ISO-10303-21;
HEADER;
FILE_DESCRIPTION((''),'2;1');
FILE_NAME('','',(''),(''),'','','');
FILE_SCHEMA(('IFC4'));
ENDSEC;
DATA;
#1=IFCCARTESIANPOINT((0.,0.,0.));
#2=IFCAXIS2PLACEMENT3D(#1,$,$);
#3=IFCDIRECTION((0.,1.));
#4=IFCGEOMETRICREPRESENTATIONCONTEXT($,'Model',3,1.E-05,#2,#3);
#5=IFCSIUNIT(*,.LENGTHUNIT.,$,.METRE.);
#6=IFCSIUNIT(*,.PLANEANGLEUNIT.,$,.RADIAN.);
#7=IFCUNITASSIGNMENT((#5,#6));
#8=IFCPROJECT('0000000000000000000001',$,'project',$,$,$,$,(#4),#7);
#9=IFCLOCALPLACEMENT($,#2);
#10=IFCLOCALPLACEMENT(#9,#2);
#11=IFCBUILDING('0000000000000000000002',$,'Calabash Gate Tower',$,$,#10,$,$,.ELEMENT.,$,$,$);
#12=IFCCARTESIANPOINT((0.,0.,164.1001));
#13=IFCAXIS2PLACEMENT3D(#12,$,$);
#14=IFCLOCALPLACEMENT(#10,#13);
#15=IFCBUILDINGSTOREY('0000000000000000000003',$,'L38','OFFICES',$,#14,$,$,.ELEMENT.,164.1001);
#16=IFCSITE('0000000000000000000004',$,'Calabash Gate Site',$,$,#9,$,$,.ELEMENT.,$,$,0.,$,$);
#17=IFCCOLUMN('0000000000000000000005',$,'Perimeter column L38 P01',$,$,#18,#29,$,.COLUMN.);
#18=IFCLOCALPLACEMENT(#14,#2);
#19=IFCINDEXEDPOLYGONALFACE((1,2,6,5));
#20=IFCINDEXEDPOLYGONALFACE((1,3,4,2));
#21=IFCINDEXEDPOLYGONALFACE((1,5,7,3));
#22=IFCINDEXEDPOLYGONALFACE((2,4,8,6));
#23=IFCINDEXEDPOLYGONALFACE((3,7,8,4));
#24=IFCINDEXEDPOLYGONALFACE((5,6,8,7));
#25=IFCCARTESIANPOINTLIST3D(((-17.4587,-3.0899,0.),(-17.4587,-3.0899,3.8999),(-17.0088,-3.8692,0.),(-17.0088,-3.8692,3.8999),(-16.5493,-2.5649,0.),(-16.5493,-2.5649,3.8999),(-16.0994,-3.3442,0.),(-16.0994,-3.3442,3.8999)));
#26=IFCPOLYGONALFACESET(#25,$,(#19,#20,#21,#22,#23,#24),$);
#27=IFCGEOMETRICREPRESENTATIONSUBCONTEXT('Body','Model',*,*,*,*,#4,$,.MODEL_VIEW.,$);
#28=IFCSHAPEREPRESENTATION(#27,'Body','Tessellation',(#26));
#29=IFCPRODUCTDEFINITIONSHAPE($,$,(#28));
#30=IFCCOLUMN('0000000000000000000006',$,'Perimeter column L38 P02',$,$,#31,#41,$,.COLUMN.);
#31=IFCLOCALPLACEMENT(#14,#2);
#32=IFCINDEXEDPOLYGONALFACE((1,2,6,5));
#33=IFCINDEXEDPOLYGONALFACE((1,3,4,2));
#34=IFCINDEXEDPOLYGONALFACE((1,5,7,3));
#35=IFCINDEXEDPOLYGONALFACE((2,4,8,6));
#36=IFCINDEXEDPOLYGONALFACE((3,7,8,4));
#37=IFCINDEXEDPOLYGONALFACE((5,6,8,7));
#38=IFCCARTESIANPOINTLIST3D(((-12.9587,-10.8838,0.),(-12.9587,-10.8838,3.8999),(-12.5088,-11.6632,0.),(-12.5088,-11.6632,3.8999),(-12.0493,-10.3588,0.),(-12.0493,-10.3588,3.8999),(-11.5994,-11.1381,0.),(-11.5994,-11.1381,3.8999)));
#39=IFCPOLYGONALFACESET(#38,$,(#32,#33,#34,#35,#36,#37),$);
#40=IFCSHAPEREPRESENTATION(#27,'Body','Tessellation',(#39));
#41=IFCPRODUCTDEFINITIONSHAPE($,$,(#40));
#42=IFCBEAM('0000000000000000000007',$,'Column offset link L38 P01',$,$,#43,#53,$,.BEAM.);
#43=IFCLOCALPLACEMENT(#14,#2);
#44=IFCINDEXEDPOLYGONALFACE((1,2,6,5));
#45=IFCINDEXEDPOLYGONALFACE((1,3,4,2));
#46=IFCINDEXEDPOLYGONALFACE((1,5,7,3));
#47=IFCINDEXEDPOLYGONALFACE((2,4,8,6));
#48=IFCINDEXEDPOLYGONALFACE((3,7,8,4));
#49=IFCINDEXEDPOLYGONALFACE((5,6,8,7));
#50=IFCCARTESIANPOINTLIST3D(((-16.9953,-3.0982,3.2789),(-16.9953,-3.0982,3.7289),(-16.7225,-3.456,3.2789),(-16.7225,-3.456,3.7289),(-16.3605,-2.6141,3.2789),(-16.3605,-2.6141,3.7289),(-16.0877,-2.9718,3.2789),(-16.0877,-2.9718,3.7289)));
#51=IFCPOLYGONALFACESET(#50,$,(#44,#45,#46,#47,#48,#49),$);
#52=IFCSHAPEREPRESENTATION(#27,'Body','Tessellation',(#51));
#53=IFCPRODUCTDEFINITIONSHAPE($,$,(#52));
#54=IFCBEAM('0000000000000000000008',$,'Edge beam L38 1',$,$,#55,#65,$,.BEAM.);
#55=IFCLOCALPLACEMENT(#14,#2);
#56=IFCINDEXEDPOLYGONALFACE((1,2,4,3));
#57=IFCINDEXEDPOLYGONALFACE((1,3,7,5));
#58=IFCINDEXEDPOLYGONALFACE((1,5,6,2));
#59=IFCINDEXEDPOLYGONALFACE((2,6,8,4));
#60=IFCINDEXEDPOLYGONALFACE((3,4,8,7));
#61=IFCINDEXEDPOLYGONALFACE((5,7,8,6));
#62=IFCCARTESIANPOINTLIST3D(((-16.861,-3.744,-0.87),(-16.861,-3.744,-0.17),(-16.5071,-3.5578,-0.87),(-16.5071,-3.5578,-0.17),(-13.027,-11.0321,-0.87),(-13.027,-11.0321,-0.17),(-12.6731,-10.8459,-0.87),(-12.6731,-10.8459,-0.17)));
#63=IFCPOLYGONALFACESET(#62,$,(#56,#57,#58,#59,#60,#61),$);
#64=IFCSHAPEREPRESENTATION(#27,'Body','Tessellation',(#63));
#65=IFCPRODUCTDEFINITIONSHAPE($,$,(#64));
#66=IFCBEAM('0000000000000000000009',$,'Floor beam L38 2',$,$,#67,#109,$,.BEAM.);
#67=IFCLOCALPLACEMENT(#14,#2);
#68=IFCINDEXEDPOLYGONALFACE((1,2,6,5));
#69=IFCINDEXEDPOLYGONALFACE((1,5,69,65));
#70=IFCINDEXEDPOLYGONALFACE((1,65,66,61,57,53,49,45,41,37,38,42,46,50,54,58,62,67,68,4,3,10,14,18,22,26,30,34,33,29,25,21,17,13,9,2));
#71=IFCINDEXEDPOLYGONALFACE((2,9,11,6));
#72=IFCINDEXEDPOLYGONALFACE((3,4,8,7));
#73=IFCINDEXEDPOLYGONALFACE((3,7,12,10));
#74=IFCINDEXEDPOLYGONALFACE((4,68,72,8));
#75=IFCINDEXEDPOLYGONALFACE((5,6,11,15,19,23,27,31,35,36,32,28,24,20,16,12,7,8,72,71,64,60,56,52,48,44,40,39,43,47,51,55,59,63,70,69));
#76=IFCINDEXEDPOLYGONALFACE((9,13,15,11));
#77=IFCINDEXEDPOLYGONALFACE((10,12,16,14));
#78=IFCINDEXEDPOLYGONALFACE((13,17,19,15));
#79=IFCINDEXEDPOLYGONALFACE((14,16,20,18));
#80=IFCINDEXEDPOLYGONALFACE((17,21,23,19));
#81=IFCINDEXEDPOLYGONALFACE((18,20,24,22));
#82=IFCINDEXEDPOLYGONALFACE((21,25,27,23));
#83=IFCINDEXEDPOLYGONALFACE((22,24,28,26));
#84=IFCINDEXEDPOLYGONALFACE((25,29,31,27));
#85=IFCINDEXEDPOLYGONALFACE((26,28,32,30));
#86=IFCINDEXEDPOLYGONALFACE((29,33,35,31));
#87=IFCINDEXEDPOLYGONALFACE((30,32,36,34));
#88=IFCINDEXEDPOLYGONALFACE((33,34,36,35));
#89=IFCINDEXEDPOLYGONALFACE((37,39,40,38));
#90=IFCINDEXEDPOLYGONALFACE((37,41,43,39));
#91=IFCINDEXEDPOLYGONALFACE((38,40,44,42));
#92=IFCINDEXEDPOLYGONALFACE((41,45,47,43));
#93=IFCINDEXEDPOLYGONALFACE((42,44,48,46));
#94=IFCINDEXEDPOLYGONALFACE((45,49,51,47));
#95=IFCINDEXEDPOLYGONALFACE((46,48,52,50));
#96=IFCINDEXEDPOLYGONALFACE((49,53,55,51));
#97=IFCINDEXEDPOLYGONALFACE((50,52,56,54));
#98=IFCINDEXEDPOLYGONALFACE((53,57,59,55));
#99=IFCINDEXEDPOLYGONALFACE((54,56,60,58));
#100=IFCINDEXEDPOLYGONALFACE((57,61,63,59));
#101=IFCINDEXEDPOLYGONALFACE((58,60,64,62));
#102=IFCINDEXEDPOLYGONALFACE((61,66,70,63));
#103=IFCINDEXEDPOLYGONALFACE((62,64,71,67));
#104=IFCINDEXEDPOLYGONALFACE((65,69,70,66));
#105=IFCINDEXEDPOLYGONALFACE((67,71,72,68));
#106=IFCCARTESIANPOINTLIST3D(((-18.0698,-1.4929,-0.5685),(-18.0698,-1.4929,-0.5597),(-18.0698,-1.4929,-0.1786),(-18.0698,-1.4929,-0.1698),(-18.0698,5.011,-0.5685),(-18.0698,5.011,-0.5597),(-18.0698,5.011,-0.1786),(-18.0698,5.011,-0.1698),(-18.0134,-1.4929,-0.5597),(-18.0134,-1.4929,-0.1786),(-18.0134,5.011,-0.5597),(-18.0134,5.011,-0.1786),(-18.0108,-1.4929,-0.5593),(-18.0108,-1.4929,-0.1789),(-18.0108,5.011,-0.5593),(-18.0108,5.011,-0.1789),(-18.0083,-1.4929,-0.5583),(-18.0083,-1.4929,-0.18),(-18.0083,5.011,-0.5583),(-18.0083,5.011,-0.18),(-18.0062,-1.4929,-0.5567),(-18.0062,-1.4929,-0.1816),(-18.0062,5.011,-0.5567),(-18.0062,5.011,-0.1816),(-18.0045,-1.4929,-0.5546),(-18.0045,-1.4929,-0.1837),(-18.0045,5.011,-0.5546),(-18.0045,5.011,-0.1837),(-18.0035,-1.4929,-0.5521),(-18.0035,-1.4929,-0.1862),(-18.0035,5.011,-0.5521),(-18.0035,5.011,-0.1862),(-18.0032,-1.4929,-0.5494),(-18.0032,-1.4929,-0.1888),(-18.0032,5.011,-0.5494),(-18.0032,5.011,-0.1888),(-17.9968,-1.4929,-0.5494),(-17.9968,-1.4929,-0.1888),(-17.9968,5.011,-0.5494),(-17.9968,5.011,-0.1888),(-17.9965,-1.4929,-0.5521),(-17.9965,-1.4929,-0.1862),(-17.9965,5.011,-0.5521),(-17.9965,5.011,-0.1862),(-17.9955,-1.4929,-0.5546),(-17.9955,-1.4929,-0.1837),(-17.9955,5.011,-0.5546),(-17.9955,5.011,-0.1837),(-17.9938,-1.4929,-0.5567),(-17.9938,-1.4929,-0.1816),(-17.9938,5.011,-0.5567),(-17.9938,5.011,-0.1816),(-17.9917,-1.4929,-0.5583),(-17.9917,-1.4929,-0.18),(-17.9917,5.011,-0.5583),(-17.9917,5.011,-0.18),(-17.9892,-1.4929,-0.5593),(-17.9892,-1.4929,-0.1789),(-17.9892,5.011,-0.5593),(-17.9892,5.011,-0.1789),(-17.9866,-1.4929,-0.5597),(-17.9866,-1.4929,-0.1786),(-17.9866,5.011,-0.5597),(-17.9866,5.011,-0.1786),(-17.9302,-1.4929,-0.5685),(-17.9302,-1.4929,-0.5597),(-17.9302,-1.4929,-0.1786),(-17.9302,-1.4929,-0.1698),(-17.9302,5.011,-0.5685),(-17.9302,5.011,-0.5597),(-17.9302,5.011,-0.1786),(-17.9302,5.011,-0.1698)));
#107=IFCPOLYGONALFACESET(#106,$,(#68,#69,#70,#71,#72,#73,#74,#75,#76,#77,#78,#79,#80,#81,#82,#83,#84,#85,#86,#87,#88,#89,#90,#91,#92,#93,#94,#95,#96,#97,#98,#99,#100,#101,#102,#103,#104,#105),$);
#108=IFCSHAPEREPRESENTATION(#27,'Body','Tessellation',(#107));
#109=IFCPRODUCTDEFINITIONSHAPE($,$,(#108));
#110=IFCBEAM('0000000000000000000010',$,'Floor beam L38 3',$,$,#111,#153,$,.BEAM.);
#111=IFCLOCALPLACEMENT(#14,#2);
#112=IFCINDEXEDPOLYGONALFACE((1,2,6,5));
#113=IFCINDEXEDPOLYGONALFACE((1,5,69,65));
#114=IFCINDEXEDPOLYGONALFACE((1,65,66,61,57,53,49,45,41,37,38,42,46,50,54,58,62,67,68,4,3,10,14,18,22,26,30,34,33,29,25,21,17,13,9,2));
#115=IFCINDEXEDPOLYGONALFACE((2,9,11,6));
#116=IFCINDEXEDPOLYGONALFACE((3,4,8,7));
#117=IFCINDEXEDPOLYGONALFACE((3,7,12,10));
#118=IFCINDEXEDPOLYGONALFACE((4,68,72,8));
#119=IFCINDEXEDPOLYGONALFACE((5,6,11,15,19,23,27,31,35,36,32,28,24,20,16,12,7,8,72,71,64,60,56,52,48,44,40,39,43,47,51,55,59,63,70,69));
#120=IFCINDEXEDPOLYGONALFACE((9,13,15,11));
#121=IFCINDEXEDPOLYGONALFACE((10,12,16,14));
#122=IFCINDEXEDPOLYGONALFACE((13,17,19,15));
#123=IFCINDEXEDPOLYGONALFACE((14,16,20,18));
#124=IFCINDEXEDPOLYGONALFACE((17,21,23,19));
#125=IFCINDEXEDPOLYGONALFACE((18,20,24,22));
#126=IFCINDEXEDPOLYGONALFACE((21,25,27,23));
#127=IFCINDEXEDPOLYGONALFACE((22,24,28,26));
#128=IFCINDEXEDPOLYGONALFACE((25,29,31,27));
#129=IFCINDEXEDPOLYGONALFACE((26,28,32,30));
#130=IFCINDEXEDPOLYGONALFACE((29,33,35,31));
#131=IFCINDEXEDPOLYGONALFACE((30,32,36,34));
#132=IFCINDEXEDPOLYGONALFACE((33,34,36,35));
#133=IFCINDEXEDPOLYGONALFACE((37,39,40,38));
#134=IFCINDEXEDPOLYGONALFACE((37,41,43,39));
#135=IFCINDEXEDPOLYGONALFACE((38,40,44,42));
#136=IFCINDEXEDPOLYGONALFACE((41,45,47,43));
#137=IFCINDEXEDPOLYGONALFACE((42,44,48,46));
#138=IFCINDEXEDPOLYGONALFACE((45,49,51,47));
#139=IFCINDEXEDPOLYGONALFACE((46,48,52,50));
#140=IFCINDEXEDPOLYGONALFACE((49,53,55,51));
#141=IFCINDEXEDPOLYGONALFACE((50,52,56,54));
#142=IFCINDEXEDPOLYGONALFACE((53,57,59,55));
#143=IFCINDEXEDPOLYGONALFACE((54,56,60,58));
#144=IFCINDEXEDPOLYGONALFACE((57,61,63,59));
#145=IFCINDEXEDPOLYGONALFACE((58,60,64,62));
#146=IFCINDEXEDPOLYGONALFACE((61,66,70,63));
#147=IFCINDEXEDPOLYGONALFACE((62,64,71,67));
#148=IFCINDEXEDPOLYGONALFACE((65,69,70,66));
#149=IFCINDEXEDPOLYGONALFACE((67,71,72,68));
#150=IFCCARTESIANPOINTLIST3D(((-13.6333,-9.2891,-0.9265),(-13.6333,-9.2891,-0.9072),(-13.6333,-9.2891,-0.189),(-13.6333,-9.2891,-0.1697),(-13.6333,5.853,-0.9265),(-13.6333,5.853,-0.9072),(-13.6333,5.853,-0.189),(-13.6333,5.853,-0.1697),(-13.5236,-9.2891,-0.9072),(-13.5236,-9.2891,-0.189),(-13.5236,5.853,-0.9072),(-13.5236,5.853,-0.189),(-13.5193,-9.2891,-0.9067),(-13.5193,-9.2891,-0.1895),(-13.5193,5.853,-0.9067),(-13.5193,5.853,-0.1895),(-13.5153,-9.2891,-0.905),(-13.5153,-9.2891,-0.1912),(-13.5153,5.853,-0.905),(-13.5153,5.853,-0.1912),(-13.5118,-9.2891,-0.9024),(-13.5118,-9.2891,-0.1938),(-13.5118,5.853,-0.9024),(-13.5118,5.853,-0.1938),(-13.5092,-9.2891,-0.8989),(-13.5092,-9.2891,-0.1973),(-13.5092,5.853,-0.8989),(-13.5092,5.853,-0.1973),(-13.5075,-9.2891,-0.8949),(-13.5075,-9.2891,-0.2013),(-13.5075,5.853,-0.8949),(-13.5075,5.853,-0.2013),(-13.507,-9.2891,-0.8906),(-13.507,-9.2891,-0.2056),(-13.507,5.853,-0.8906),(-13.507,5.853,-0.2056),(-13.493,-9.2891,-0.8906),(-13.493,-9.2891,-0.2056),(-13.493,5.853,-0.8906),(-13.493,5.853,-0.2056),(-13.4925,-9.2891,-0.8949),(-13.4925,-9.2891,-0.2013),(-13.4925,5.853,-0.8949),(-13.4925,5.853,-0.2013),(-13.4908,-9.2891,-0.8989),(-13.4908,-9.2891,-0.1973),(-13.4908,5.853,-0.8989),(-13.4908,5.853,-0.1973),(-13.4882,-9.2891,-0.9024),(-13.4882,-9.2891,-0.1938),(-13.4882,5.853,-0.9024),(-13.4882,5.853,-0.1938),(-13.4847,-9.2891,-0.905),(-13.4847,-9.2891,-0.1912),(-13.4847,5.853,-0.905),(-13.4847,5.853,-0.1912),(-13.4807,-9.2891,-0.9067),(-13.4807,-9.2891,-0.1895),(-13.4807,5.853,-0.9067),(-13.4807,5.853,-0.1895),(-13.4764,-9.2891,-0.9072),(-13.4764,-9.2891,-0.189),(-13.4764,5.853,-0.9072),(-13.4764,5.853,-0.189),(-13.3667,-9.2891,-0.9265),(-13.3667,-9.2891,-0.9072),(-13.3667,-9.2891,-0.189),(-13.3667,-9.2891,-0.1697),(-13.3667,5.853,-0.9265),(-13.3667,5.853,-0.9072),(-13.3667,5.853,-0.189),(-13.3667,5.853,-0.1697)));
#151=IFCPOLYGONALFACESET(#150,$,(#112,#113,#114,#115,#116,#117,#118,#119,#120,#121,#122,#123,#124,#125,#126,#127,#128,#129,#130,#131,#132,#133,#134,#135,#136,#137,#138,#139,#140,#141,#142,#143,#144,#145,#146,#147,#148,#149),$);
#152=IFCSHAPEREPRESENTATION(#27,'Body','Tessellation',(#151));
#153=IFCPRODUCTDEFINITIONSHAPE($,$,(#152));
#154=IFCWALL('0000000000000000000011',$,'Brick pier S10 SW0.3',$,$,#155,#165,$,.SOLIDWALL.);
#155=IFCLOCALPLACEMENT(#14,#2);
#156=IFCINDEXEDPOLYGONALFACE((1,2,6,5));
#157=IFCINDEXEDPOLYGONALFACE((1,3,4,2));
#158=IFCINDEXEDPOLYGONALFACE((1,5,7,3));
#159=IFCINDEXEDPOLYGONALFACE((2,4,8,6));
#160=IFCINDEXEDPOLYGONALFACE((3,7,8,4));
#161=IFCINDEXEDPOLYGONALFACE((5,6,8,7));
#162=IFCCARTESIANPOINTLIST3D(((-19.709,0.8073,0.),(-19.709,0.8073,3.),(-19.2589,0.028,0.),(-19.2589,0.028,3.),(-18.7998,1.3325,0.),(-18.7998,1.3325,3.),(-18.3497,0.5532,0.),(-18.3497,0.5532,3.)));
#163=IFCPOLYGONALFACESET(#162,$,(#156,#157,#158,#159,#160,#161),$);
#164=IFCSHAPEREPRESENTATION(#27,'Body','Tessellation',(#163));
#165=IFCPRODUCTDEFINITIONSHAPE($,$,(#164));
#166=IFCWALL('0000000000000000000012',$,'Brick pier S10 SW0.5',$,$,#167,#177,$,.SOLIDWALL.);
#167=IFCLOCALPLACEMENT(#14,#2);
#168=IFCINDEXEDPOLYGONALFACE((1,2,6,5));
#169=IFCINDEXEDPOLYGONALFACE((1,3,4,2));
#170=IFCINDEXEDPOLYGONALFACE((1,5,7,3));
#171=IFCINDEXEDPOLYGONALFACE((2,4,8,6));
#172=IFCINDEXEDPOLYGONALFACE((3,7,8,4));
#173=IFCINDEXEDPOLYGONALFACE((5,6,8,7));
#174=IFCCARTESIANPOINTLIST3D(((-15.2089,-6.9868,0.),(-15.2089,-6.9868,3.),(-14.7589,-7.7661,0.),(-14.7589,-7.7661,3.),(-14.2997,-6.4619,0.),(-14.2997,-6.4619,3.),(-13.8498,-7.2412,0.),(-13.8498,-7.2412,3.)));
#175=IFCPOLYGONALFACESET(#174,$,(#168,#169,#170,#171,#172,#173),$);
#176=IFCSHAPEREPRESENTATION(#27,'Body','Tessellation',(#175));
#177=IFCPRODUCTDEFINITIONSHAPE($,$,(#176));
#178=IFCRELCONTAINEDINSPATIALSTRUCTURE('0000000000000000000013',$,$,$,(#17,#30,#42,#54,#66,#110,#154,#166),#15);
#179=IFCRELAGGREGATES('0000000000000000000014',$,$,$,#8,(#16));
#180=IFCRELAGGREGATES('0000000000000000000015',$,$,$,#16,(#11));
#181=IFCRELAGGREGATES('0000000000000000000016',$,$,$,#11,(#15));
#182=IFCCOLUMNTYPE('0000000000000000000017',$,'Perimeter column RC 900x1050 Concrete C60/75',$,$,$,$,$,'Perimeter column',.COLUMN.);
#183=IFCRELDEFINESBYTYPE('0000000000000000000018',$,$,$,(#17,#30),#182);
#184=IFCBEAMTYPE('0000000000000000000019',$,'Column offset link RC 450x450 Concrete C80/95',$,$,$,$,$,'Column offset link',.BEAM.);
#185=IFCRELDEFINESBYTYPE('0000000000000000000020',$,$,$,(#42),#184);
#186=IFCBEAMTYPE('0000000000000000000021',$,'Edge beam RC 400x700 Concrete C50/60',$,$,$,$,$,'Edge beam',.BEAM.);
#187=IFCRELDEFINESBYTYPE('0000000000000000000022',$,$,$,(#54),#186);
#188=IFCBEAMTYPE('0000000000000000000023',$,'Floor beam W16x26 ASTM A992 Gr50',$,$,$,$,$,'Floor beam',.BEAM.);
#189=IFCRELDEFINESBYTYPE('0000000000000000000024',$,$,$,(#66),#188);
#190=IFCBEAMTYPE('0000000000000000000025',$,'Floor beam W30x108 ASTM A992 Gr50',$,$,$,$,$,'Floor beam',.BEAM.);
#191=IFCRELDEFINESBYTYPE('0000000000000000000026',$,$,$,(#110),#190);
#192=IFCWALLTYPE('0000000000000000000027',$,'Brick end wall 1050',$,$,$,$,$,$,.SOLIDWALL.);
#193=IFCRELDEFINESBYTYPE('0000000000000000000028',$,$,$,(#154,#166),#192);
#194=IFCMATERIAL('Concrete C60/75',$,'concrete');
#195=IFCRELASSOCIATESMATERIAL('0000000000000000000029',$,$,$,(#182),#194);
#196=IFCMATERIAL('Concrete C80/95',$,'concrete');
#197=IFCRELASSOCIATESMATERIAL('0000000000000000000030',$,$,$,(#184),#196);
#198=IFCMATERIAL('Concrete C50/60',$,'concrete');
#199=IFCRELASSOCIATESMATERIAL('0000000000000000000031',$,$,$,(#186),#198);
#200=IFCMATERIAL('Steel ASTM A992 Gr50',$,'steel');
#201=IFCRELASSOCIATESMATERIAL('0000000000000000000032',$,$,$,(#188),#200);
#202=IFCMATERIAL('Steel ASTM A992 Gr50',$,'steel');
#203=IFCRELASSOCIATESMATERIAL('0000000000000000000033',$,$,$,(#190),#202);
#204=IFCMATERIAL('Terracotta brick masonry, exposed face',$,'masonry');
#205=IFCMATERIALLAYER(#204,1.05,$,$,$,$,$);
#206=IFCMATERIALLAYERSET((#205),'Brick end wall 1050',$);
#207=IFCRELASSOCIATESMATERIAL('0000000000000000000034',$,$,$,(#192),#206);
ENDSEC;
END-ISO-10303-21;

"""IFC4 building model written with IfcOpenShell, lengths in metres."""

from ifc_helpers import new_model, si_unit, direction, frame, frame_2d, origin, origin_2d, place, context, subcontext, project, spatial, rectangle, i_section, extrude, material, layer, layer_set, material_profile, profile_set, type_object, element, save


model = new_model("IFC4")

# Units and contexts
model_context = context("Model", 3, precision=1e-05, world=origin(), true_north=direction((0.0, 1.0)))
body_context = subcontext(model_context, "Body", "Model", "MODEL_VIEW")
ifc_project = project(units=[si_unit("LENGTHUNIT", "METRE"), si_unit("PLANEANGLEUNIT", "RADIAN")], contexts=[model_context])

# Site, building, storey
site_placement = place(None, origin())
site = spatial("IfcSite", under=ifc_project, at=site_placement, Name="Calabash Gate Site", CompositionType="ELEMENT", RefElevation=0.0)
building_placement = place(site_placement, origin())
building = spatial("IfcBuilding", under=site, at=building_placement, Name="Calabash Gate Tower", CompositionType="ELEMENT")
storey_placement = place(building_placement, frame((0.0, 0.0, 164.1001)))
storey = spatial("IfcBuildingStorey", under=building, at=storey_placement, Name="L38", Description="OFFICES", CompositionType="ELEMENT", Elevation=164.1001)

# Columns
ifc_material_1 = material(Name="Concrete C60/75", Category="concrete")
ifc_material_profile_1 = material_profile(ifc_material_1, rectangle(XDim=0.8999, YDim=1.05, at=origin_2d()))
ifc_profile_set_1 = profile_set([ifc_material_profile_1], Name="Concrete C60/75")
column_type = type_object("IfcColumnType", Name="Perimeter column RC 900x1050 Concrete C60/75", ElementType="Perimeter column", PredefinedType="COLUMN", material=ifc_profile_set_1)
for number, where, z_axis, x_axis, name in (
    (1, (-16.7791, -3.217, 0.0), (0.0, 0.0, 1.0), (0.5, -0.866025, 0.0), "Perimeter column L38 P01"),
    (2, (-12.2791, -11.011, 0.0), (0.0, 0.0, 1.0), (0.5, -0.866025, 0.0), "Perimeter column L38 P02"),
):
    element("IfcColumn", number, at=place(storey_placement, frame(where, z_axis=z_axis, x_axis=x_axis)), inside=storey, type_object=column_type, Name=name, PredefinedType="COLUMN", context=body_context, shape_type="SweptSolid", body=[
        extrude(rectangle(XDim=0.8999, YDim=1.05, at=origin_2d()), origin(), (0.0, 0.0, 1.0), 3.8999),
    ])

# Beams
ifc_material_2 = material(Name="Concrete C80/95", Category="concrete")
ifc_material_profile_2 = material_profile(ifc_material_2, rectangle(XDim=0.45, YDim=0.45, at=origin_2d()))
ifc_profile_set_2 = profile_set([ifc_material_profile_2], Name="Concrete C80/95")
beam_type_1 = type_object("IfcBeamType", Name="Column offset link RC 450x450 Concrete C80/95", ElementType="Column offset link", PredefinedType="BEAM", material=ifc_profile_set_2)
beam_1_placement = place(storey_placement, frame((-16.8589, -3.2771, 3.5039), z_axis=(0.79513, 0.606439, 0.0), x_axis=(-0.606439, 0.79513, 0.0)))
element("IfcBeam", 3, at=beam_1_placement, inside=storey, type_object=beam_type_1, Name="Column offset link L38 P01", PredefinedType="BEAM", context=body_context, shape_type="SweptSolid", body=[
    extrude(rectangle(XDim=0.45, YDim=0.45, at=origin_2d()), origin(), (0.0, 0.0, 1.0), 0.7983),
])
ifc_material_3 = material(Name="Concrete C50/60", Category="concrete")
ifc_material_profile_3 = material_profile(ifc_material_3, rectangle(XDim=0.3999, YDim=0.7, at=origin_2d()))
ifc_profile_set_3 = profile_set([ifc_material_profile_3], Name="Concrete C50/60")
beam_type_2 = type_object("IfcBeamType", Name="Edge beam RC 400x700 Concrete C50/60", ElementType="Edge beam", PredefinedType="BEAM", material=ifc_profile_set_3)
beam_2_placement = place(storey_placement, frame((-16.6841, -3.6509, -0.52), z_axis=(0.46557, -0.885011, 0.0), x_axis=(0.885011, 0.46557, 0.0)))
element("IfcBeam", 4, at=beam_2_placement, inside=storey, type_object=beam_type_2, Name="Edge beam L38 1", PredefinedType="BEAM", context=body_context, shape_type="SweptSolid", body=[
    extrude(rectangle(XDim=0.3999, YDim=0.7, at=origin_2d()), origin(), (0.0, 0.0, 1.0), 8.2351),
])
ifc_material_4 = material(Name="Steel ASTM A992 Gr50", Category="steel")
ifc_material_profile_4 = material_profile(ifc_material_4, i_section(OverallWidth=0.1396, OverallDepth=0.3987, WebThickness=0.0063, FlangeThickness=0.0088, FilletRadius=0.0103, at=origin_2d()))
ifc_profile_set_4 = profile_set([ifc_material_profile_4], Name="Steel ASTM A992 Gr50")
beam_type_3 = type_object("IfcBeamType", Name="Floor beam W16x26 ASTM A992 Gr50", ElementType="Floor beam", PredefinedType="BEAM", material=ifc_profile_set_4)
beam_3_placement = place(storey_placement, frame((-18.0, -1.4929, -0.3691), z_axis=(0.0, 1.0, 0.0), x_axis=(-1.0, 0.0, 0.0)))
element("IfcBeam", 5, at=beam_3_placement, inside=storey, type_object=beam_type_3, Name="Floor beam L38 2", PredefinedType="BEAM", context=body_context, shape_type="SweptSolid", body=[
    extrude(i_section(OverallWidth=0.1396, OverallDepth=0.3987, WebThickness=0.0063, FlangeThickness=0.0088, FilletRadius=0.0103, at=origin_2d()), origin(), (0.0, 0.0, 1.0), 6.5039),
])
ifc_material_5 = material(Name="Steel ASTM A992 Gr50", Category="steel")
ifc_material_profile_5 = material_profile(ifc_material_5, i_section(OverallWidth=0.2666, OverallDepth=0.7568, WebThickness=0.0139, FlangeThickness=0.0193, FilletRadius=0.0166, at=origin_2d()))
ifc_profile_set_5 = profile_set([ifc_material_profile_5], Name="Steel ASTM A992 Gr50")
beam_type_4 = type_object("IfcBeamType", Name="Floor beam W30x108 ASTM A992 Gr50", ElementType="Floor beam", PredefinedType="BEAM", material=ifc_profile_set_5)
beam_4_placement = place(storey_placement, frame((-13.5, -9.2891, -0.5481), z_axis=(0.0, 1.0, 0.0), x_axis=(-1.0, 0.0, 0.0)))
element("IfcBeam", 6, at=beam_4_placement, inside=storey, type_object=beam_type_4, Name="Floor beam L38 3", PredefinedType="BEAM", context=body_context, shape_type="SweptSolid", body=[
    extrude(i_section(OverallWidth=0.2666, OverallDepth=0.7568, WebThickness=0.0139, FlangeThickness=0.0193, FilletRadius=0.0166, at=origin_2d()), origin(), (0.0, 0.0, 1.0), 15.1421),
])

# Walls
ifc_material_6 = material(Name="Terracotta brick masonry, exposed face", Category="masonry")
ifc_layer_1 = layer(ifc_material_6, 1.05)
ifc_layer_set_1 = layer_set([ifc_layer_1], Name="Brick end wall 1050")
wall_type_1 = type_object("IfcWallType", Name="Brick end wall 1050", PredefinedType="SOLIDWALL", material=ifc_layer_set_1)
wall_1_placement = place(storey_placement, frame((-19.4839, 0.4177, 0.0), z_axis=(0.0, 0.0, 1.0), x_axis=(0.86593, 0.500165, 0.0)))
element("IfcWall", 7, at=wall_1_placement, inside=storey, type_object=wall_type_1, Name="Brick pier S10 SW0.3", PredefinedType="SOLIDWALL", context=body_context, shape_type="SweptSolid", body=[
    extrude(rectangle(XDim=1.05, YDim=0.8999, at=frame_2d((0.5249, 0.0))), origin(), (0.0, 0.0, 1.0), 3.0),
])
wall_2_placement = place(storey_placement, frame((-14.9839, -7.3765, 0.0), z_axis=(0.0, 0.0, 1.0), x_axis=(0.866031, 0.499991, 0.0)))
element("IfcWall", 8, at=wall_2_placement, inside=storey, type_object=wall_type_1, Name="Brick pier S10 SW0.5", PredefinedType="SOLIDWALL", context=body_context, shape_type="SweptSolid", body=[
    extrude(rectangle(XDim=1.0498, YDim=0.8999, at=frame_2d((0.5249, 0.0))), origin(), (0.0, 0.0, 1.0), 3.0),
])

save(model, "model.ifc")
